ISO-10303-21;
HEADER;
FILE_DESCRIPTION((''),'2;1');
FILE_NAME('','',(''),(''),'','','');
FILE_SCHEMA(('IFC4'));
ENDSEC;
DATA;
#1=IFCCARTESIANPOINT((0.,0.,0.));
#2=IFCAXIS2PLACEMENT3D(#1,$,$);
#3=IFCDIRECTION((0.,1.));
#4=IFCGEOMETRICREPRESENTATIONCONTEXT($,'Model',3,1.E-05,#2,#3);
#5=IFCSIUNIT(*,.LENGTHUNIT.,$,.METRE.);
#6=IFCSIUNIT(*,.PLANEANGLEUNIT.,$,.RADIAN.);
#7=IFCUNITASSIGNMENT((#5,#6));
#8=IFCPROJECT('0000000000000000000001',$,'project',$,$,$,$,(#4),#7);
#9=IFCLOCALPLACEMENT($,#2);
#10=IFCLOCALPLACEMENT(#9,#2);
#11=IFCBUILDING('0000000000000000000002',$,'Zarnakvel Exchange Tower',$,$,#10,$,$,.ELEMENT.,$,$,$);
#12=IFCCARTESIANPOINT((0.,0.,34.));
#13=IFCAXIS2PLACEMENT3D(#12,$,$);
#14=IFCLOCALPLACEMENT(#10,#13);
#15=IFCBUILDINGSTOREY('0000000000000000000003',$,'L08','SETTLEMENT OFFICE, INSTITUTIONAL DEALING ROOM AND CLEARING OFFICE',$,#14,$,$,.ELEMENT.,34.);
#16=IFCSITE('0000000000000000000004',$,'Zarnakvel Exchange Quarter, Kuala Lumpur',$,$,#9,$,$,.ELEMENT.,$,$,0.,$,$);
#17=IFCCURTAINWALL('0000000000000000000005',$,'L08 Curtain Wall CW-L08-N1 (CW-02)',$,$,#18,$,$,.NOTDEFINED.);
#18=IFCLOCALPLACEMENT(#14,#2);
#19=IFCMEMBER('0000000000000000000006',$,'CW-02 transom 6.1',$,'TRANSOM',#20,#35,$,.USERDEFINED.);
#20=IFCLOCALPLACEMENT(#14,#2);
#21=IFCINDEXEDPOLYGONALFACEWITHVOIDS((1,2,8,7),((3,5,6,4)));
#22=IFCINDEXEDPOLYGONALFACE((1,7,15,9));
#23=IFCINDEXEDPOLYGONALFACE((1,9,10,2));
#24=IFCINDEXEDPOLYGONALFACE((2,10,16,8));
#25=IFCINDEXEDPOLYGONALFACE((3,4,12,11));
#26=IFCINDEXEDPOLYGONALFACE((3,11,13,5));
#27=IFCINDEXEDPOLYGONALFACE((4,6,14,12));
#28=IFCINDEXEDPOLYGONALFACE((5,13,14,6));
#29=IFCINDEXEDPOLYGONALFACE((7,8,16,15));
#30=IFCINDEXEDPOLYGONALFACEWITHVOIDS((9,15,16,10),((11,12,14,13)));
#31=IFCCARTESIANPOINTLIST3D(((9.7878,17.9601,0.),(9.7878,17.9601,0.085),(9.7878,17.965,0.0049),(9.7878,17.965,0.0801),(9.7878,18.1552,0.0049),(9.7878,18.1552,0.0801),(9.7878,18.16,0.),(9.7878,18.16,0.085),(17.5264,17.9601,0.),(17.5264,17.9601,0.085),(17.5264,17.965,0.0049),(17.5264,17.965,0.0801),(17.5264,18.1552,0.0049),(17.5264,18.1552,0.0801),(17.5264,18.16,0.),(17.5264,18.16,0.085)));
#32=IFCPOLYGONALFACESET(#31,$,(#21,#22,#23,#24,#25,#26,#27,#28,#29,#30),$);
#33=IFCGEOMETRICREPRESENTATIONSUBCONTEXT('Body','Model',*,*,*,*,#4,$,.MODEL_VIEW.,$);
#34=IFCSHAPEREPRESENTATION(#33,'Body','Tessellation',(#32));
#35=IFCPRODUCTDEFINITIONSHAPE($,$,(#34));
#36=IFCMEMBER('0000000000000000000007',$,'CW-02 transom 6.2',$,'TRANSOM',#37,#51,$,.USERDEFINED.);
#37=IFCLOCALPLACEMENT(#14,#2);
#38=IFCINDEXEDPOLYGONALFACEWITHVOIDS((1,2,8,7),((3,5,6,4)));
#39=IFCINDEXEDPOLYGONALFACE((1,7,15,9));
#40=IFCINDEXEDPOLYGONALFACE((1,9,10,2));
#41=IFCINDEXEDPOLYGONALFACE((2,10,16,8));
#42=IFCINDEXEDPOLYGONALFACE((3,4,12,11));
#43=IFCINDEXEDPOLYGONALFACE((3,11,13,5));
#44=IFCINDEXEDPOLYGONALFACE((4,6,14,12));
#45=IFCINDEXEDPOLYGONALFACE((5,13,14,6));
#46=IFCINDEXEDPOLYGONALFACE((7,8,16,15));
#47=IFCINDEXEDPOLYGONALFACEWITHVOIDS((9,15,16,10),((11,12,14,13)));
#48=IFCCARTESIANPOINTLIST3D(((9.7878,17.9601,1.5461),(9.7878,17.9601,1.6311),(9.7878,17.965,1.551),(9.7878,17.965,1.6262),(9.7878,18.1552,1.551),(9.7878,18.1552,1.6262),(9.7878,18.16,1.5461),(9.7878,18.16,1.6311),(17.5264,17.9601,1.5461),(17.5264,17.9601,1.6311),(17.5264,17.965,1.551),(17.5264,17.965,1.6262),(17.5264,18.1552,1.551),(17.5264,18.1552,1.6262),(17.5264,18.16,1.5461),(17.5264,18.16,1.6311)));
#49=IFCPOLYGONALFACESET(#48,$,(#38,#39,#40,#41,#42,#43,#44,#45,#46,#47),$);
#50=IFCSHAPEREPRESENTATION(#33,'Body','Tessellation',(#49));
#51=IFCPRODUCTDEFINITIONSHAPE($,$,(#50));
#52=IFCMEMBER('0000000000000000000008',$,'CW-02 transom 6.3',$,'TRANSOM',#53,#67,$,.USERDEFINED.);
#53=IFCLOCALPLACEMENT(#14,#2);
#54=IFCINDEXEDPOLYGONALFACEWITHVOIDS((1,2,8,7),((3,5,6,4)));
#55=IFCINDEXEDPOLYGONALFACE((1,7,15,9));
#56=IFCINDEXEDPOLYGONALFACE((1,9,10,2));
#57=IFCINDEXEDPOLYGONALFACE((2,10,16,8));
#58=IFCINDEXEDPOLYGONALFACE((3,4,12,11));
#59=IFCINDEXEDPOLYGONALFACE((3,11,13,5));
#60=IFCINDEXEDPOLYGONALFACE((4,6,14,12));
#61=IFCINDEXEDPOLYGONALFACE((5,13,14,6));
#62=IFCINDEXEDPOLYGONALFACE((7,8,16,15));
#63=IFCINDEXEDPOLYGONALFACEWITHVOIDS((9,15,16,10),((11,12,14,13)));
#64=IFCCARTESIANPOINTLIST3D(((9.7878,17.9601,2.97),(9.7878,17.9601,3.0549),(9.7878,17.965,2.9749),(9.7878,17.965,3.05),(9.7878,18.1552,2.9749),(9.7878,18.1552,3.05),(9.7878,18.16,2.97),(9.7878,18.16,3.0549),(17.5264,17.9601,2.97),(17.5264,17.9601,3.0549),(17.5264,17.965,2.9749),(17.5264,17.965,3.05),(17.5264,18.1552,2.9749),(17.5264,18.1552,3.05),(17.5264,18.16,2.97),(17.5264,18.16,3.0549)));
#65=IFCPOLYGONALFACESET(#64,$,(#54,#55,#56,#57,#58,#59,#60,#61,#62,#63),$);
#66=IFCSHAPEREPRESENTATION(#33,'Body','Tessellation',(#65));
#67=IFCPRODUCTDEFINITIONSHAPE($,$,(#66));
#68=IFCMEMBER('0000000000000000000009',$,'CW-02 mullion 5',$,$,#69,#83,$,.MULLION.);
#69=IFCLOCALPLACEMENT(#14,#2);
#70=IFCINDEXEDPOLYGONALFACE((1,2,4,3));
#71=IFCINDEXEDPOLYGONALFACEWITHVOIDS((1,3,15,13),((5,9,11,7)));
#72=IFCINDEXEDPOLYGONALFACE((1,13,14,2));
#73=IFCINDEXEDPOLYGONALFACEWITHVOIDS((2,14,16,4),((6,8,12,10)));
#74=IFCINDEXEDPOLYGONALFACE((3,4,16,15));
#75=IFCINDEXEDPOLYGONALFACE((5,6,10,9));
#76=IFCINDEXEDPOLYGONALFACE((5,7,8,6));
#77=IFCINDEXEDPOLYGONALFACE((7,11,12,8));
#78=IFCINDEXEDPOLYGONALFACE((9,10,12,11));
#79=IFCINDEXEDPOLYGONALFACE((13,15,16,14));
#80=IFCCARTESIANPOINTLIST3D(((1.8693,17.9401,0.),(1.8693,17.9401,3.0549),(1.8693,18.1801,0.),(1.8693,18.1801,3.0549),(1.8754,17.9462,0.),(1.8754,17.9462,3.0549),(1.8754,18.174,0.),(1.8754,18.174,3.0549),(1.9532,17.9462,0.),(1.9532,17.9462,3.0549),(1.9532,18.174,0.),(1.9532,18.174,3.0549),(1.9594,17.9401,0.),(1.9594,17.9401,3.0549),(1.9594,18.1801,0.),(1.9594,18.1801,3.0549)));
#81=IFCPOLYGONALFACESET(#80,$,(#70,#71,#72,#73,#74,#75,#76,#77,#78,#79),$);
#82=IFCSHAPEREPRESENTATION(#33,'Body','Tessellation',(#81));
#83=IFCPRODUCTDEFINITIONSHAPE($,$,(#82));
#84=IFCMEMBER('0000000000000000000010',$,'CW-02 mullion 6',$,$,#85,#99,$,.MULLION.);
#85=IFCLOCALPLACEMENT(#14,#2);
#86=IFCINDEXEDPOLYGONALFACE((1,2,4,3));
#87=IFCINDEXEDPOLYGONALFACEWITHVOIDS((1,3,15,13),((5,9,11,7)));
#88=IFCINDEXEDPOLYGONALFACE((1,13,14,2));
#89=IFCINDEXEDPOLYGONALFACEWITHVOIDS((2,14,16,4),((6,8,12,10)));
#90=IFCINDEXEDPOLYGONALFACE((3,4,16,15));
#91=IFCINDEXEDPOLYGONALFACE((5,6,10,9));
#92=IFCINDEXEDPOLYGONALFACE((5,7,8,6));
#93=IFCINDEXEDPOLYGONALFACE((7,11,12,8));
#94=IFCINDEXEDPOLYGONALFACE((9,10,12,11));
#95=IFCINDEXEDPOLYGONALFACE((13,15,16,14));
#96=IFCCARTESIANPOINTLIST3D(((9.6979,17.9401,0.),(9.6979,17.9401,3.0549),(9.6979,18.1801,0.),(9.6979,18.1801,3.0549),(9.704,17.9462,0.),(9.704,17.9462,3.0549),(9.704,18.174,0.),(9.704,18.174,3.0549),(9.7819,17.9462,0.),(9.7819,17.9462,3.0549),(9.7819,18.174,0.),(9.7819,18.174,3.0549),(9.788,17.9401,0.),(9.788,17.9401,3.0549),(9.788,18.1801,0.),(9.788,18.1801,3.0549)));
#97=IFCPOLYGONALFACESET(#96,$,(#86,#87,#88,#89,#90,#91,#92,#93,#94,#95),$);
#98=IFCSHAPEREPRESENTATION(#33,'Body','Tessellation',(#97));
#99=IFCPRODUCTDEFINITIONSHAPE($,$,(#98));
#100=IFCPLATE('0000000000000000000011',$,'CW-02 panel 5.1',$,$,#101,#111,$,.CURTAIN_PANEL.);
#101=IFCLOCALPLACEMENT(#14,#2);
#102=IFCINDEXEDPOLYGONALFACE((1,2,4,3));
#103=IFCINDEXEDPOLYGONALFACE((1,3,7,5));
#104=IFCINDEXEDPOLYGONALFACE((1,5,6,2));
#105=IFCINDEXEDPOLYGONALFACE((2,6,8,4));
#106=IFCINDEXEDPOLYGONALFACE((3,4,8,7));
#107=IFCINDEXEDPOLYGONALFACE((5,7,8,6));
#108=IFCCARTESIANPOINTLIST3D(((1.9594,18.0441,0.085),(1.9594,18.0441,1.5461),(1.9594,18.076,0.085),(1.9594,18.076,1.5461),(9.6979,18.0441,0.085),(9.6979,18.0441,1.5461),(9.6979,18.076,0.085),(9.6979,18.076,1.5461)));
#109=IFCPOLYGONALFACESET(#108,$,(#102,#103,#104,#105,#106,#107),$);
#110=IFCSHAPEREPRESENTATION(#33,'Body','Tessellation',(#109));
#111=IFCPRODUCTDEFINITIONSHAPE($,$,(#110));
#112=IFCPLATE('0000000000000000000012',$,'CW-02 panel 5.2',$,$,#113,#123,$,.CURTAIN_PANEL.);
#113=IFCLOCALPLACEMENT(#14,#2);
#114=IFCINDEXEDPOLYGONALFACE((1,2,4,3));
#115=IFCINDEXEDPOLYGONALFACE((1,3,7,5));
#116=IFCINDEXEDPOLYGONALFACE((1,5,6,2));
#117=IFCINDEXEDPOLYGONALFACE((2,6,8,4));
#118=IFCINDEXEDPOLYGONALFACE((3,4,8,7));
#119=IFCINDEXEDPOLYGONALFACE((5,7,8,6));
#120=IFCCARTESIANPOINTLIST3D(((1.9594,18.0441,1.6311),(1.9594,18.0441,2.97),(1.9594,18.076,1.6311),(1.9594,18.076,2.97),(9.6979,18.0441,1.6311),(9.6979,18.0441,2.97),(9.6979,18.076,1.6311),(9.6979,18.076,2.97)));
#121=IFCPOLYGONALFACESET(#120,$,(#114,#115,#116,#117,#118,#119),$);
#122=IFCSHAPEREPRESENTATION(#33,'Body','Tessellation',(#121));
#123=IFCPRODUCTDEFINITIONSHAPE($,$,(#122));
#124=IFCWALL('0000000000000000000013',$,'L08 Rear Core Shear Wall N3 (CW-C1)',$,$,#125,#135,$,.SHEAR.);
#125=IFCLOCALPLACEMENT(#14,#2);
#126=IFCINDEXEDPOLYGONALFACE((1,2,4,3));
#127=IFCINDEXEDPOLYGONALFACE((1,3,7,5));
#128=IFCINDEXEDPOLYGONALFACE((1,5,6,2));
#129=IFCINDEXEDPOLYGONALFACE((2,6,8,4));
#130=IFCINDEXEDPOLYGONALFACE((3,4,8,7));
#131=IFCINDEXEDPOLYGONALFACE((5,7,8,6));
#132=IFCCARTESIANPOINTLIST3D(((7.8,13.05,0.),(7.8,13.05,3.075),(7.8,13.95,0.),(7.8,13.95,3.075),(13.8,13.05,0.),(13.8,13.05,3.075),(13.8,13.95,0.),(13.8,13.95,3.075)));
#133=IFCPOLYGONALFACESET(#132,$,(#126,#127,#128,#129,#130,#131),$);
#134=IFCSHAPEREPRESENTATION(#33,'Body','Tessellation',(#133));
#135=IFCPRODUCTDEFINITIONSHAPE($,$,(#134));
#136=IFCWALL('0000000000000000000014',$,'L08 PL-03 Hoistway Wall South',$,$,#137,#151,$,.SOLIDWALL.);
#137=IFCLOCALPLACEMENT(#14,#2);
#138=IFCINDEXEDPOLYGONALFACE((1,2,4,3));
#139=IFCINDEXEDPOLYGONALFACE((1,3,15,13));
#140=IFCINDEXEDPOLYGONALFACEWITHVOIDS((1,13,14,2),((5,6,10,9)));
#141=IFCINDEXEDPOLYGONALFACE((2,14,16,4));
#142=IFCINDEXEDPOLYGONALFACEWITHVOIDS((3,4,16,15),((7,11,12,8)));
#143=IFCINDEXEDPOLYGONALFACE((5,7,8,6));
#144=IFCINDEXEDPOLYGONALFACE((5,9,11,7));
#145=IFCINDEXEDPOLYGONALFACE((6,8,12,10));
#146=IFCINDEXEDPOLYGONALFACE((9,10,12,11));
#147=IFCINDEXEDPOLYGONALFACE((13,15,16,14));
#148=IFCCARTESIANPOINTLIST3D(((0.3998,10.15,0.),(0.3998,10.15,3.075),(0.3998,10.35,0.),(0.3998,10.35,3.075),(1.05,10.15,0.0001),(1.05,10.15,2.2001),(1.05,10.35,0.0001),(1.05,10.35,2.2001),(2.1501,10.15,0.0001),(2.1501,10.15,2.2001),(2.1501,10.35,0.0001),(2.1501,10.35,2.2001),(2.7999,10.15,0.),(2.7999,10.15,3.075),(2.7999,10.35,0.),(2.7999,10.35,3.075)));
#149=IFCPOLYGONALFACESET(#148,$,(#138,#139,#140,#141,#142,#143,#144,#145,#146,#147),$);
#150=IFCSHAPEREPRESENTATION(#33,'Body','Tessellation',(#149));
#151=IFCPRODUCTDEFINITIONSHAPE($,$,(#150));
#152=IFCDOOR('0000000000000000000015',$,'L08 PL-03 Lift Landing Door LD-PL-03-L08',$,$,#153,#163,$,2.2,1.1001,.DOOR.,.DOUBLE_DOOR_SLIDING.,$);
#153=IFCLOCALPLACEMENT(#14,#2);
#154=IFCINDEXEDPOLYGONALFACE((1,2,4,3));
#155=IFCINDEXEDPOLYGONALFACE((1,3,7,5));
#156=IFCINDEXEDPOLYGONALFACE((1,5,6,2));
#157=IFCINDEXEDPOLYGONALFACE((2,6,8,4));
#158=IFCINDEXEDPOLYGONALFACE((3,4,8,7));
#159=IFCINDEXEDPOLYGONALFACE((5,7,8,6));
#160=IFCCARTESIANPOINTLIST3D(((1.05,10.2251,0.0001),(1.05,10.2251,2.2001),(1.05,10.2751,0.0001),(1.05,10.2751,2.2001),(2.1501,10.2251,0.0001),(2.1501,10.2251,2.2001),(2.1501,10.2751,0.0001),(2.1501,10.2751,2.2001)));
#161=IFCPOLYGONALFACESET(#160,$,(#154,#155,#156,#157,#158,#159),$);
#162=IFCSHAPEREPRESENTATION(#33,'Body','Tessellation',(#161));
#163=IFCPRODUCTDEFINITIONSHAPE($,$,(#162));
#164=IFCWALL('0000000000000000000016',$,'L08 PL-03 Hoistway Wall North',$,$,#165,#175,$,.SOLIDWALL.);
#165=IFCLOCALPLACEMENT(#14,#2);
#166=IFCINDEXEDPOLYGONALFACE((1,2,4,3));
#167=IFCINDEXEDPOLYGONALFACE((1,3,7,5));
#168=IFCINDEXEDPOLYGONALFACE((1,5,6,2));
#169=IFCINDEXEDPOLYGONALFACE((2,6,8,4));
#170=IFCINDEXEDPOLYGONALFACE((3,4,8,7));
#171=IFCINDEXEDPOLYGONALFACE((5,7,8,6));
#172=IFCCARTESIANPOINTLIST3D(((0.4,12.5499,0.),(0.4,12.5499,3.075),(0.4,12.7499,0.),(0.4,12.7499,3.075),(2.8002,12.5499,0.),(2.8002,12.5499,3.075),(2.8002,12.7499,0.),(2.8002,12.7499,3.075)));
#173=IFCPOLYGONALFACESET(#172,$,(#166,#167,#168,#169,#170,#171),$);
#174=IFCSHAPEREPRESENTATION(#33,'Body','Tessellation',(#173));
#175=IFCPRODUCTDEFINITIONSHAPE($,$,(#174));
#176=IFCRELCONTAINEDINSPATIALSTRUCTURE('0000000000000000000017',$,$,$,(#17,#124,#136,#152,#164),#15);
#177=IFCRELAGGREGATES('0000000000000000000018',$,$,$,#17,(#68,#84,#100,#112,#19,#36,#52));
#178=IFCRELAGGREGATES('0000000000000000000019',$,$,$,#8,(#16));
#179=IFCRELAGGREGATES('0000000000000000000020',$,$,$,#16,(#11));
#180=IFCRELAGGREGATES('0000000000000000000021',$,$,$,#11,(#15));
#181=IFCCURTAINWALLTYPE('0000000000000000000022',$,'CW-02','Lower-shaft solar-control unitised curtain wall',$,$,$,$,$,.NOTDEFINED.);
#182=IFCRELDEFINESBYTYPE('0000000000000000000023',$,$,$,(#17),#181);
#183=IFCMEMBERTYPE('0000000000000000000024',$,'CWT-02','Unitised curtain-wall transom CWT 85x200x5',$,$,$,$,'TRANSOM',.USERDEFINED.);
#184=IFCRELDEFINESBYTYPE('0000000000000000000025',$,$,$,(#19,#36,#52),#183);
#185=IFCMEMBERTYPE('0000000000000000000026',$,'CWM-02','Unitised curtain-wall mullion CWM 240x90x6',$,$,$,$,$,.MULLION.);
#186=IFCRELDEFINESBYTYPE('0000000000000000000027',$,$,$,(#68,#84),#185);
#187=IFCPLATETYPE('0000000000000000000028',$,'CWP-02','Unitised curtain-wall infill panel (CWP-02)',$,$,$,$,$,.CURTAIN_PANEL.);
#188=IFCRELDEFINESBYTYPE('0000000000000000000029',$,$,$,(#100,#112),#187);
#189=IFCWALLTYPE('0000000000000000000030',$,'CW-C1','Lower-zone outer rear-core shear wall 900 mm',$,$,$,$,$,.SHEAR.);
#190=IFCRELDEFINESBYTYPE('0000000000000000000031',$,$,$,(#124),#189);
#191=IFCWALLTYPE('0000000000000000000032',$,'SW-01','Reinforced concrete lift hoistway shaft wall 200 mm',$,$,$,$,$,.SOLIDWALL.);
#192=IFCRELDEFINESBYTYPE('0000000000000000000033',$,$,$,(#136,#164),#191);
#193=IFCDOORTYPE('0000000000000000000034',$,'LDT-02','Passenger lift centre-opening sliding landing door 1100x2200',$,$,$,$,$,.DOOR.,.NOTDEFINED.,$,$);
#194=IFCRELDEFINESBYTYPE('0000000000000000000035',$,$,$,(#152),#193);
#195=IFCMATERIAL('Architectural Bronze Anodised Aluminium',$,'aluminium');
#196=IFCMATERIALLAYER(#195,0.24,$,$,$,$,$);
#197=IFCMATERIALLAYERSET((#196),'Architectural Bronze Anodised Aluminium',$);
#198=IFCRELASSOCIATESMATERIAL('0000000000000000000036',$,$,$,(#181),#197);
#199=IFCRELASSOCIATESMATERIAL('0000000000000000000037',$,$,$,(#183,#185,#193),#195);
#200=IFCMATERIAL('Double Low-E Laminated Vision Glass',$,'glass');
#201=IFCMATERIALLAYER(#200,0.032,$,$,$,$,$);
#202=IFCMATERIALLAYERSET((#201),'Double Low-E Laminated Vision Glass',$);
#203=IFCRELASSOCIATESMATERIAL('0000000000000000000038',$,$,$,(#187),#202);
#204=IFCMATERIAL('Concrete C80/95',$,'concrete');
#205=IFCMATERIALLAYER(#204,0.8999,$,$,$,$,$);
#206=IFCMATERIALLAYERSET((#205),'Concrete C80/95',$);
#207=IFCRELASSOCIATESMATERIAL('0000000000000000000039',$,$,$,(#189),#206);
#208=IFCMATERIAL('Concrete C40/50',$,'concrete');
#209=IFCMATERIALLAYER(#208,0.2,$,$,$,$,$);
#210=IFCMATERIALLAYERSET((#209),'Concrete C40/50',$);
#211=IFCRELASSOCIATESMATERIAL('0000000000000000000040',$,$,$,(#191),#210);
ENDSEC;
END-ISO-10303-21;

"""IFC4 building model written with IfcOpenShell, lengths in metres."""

from ifc_helpers import new_model, si_unit, direction, frame, frame_2d, origin, origin_2d, place, context, subcontext, project, spatial, rectangle, hollow_rectangle, extrude, source, transform, mapped, material, layer, layer_set, material_profile, profile_set, type_object, element, fill, aggregate, save


model = new_model("IFC4")

# Units and contexts
model_context = context("Model", 3, precision=1e-05, world=origin(), true_north=direction((0.0, 1.0)))
body_context = subcontext(model_context, "Body", "Model", "MODEL_VIEW")
ifc_project = project(units=[si_unit("LENGTHUNIT", "METRE"), si_unit("PLANEANGLEUNIT", "RADIAN")], contexts=[model_context])

# Site, building, storey
site_placement = place(None, origin())
site = spatial("IfcSite", under=ifc_project, at=site_placement, Name="Zarnakvel Exchange Quarter, Kuala Lumpur", CompositionType="ELEMENT", RefElevation=0.0)
building_placement = place(site_placement, origin())
building = spatial("IfcBuilding", under=site, at=building_placement, Name="Zarnakvel Exchange Tower", CompositionType="ELEMENT")
storey_placement = place(building_placement, frame((0.0, 0.0, 34.0)))
storey = spatial("IfcBuildingStorey", under=building, at=storey_placement, Name="L08", Description="SETTLEMENT OFFICE, INSTITUTIONAL DEALING ROOM AND CLEARING OFFICE", CompositionType="ELEMENT", Elevation=34.0)

# Shared definitions
ifc_material_1 = material(Name="Concrete C80/95", Category="concrete")

# Curtain wall, members, plates
ifc_material_2 = material(Name="Architectural Bronze Anodised Aluminium", Category="aluminium")
ifc_layer_1 = layer(ifc_material_2, 0.24)
ifc_layer_set_1 = layer_set([ifc_layer_1], Name="Architectural Bronze Anodised Aluminium")
curtain_wall_type = type_object("IfcCurtainWallType", Name="CW-02", Description="Lower-shaft solar-control unitised curtain wall", PredefinedType="NOTDEFINED", material=ifc_layer_set_1)
curtain_wall_placement = place(storey_placement, origin())
curtain_wall = element("IfcCurtainWall", 1, at=curtain_wall_placement, inside=storey, type_object=curtain_wall_type, Name="L08 Curtain Wall CW-L08-N1 (CW-02)", PredefinedType="NOTDEFINED")
ifc_material_profile_1 = material_profile(ifc_material_2, hollow_rectangle(XDim=0.2, YDim=0.085, WallThickness=0.0049, at=origin_2d()))
ifc_profile_set_1 = profile_set([ifc_material_profile_1], Name="Architectural Bronze Anodised Aluminium")
member_type_1 = type_object("IfcMemberType", Name="CWT-02", Description="Unitised curtain-wall transom CWT 85x200x5", ElementType="TRANSOM", PredefinedType="USERDEFINED", material=ifc_profile_set_1)
shared_shape_1 = source(origin(), body_context, "Body", "SweptSolid", [
    extrude(hollow_rectangle(XDim=0.2, YDim=0.085, WallThickness=0.0049, at=origin_2d()), origin(), (0.0, 0.0, 1.0), 7.7385),
])
member_1_placement = place(storey_placement, frame((9.7878, 18.0601, 0.0425), z_axis=(1.0, 0.0, 0.0), x_axis=(0.0, 1.0, 0.0)))
member_1 = element("IfcMember", 2, at=member_1_placement, type_object=member_type_1, Name="CW-02 transom 6.1", ObjectType="TRANSOM", PredefinedType="USERDEFINED", context=body_context, shape_type="MappedRepresentation", body=[
    mapped(shared_shape_1, transform((0.0, 0.0, 0.0), x_axis=(1.0, 0.0, 0.0), y_axis=(0.0, 1.0, 0.0), z_axis=(0.0, 0.0, 1.0), scale=1.0)),
])
member_2_placement = place(storey_placement, frame((9.7878, 18.0601, 1.5886), z_axis=(1.0, 0.0, 0.0), x_axis=(0.0, 1.0, 0.0)))
member_2 = element("IfcMember", 3, at=member_2_placement, type_object=member_type_1, Name="CW-02 transom 6.2", ObjectType="TRANSOM", PredefinedType="USERDEFINED", context=body_context, shape_type="MappedRepresentation", body=[
    mapped(shared_shape_1, transform((0.0, 0.0, 0.0), x_axis=(1.0, 0.0, 0.0), y_axis=(0.0, 1.0, 0.0), z_axis=(0.0, 0.0, 1.0), scale=1.0)),
])
member_3_placement = place(storey_placement, frame((9.7878, 18.0601, 3.0125), z_axis=(1.0, 0.0, 0.0), x_axis=(0.0, 1.0, 0.0)))
member_3 = element("IfcMember", 4, at=member_3_placement, type_object=member_type_1, Name="CW-02 transom 6.3", ObjectType="TRANSOM", PredefinedType="USERDEFINED", context=body_context, shape_type="MappedRepresentation", body=[
    mapped(shared_shape_1, transform((0.0, 0.0, 0.0), x_axis=(1.0, 0.0, 0.0), y_axis=(0.0, 1.0, 0.0), z_axis=(0.0, 0.0, 1.0), scale=1.0)),
])
ifc_material_profile_2 = material_profile(ifc_material_2, hollow_rectangle(XDim=0.24, YDim=0.0901, WallThickness=0.0061, at=origin_2d()))
ifc_profile_set_2 = profile_set([ifc_material_profile_2], Name="Architectural Bronze Anodised Aluminium")
member_type_2 = type_object("IfcMemberType", Name="CWM-02", Description="Unitised curtain-wall mullion CWM 240x90x6", PredefinedType="MULLION", material=ifc_profile_set_2)
shared_shape_2 = source(origin(), body_context, "Body", "SweptSolid", [
    extrude(hollow_rectangle(XDim=0.24, YDim=0.0901, WallThickness=0.0061, at=origin_2d()), origin(), (0.0, 0.0, 1.0), 3.0549),
])
member_4_placement = place(storey_placement, frame((1.9143, 18.0601, 0.0), z_axis=(0.0, 0.0, 1.0), x_axis=(0.0, 1.0, 0.0)))
member_4 = element("IfcMember", 5, at=member_4_placement, type_object=member_type_2, Name="CW-02 mullion 5", PredefinedType="MULLION", context=body_context, shape_type="MappedRepresentation", body=[
    mapped(shared_shape_2, transform((0.0, 0.0, 0.0), x_axis=(1.0, 0.0, 0.0), y_axis=(0.0, 1.0, 0.0), z_axis=(0.0, 0.0, 1.0), scale=1.0)),
])
member_5_placement = place(storey_placement, frame((9.7429, 18.0601, 0.0), z_axis=(0.0, 0.0, 1.0), x_axis=(0.0, 1.0, 0.0)))
member_5 = element("IfcMember", 6, at=member_5_placement, type_object=member_type_2, Name="CW-02 mullion 6", PredefinedType="MULLION", context=body_context, shape_type="MappedRepresentation", body=[
    mapped(shared_shape_2, transform((0.0, 0.0, 0.0), x_axis=(1.0, 0.0, 0.0), y_axis=(0.0, 1.0, 0.0), z_axis=(0.0, 0.0, 1.0), scale=1.0)),
])
ifc_material_3 = material(Name="Double Low-E Laminated Vision Glass", Category="glass")
ifc_layer_2 = layer(ifc_material_3, 0.032)
ifc_layer_set_2 = layer_set([ifc_layer_2], Name="Double Low-E Laminated Vision Glass")
plate_type = type_object("IfcPlateType", Name="CWP-02", Description="Unitised curtain-wall infill panel (CWP-02)", PredefinedType="CURTAIN_PANEL", material=ifc_layer_set_2)
shared_shape_3 = source(origin(), body_context, "Body", "SweptSolid", [
    extrude(rectangle(XDim=7.7385, YDim=0.032, at=origin_2d()), origin(), (0.0, 0.0, 1.0), 1.4612),
])
plate_1_placement = place(storey_placement, frame((5.8286, 18.0601, 0.085), z_axis=(0.0, 0.0, 1.0), x_axis=(1.0, 0.0, 0.0)))
plate_1 = element("IfcPlate", 7, at=plate_1_placement, type_object=plate_type, Name="CW-02 panel 5.1", PredefinedType="CURTAIN_PANEL", context=body_context, shape_type="MappedRepresentation", body=[
    mapped(shared_shape_3, transform((0.0, 0.0, 0.0), x_axis=(1.0, 0.0, 0.0), y_axis=(0.0, 1.0, 0.0), z_axis=(0.0, 0.0, 1.0), scale=1.0)),
])
shared_shape_4 = source(origin(), body_context, "Body", "SweptSolid", [
    extrude(rectangle(XDim=7.7385, YDim=0.032, at=origin_2d()), origin(), (0.0, 0.0, 1.0), 1.3389),
])
plate_2_placement = place(storey_placement, frame((5.8286, 18.0601, 1.6311), z_axis=(0.0, 0.0, 1.0), x_axis=(1.0, 0.0, 0.0)))
plate_2 = element("IfcPlate", 8, at=plate_2_placement, type_object=plate_type, Name="CW-02 panel 5.2", PredefinedType="CURTAIN_PANEL", context=body_context, shape_type="MappedRepresentation", body=[
    mapped(shared_shape_4, transform((0.0, 0.0, 0.0), x_axis=(1.0, 0.0, 0.0), y_axis=(0.0, 1.0, 0.0), z_axis=(0.0, 0.0, 1.0), scale=1.0)),
])
aggregate(curtain_wall, [member_4, member_5, plate_1, plate_2, member_1, member_2, member_3])

# Wall
ifc_layer_3 = layer(ifc_material_1, 0.8999)
ifc_layer_set_3 = layer_set([ifc_layer_3], Name="Concrete C80/95")
wall_type_1 = type_object("IfcWallType", Name="CW-C1", Description="Lower-zone outer rear-core shear wall 900 mm", PredefinedType="SHEAR", material=ifc_layer_set_3)
wall_1_placement = place(storey_placement, frame((7.8, 13.5, 0.0), z_axis=(0.0, 0.0, 1.0), x_axis=(1.0, 0.0, 0.0)))
element("IfcWall", 9, at=wall_1_placement, inside=storey, type_object=wall_type_1, Name="L08 Rear Core Shear Wall N3 (CW-C1)", PredefinedType="SHEAR", context=body_context, shape_type="SweptSolid", body=[
    extrude(rectangle(XDim=6.0, YDim=0.8999, at=frame_2d((3.0, 0.0))), origin(), (0.0, 0.0, 1.0), 3.075),
])

# Wall, opening, door
ifc_material_4 = material(Name="Concrete C40/50", Category="concrete")
ifc_layer_4 = layer(ifc_material_4, 0.2)
ifc_layer_set_4 = layer_set([ifc_layer_4], Name="Concrete C40/50")
wall_type_2 = type_object("IfcWallType", Name="SW-01", Description="Reinforced concrete lift hoistway shaft wall 200 mm", PredefinedType="SOLIDWALL", material=ifc_layer_set_4)
wall_2_placement = place(storey_placement, frame((2.8, 10.25, 0.0), z_axis=(0.0, 0.0, 1.0), x_axis=(-1.0, 0.0, 0.0)))
wall_2 = element("IfcWall", 10, at=wall_2_placement, inside=storey, type_object=wall_type_2, Name="L08 PL-03 Hoistway Wall South", PredefinedType="SOLIDWALL", context=body_context, shape_type="SweptSolid", body=[
    extrude(rectangle(XDim=2.4001, YDim=0.2, at=frame_2d((1.2002, 0.0))), origin(), (0.0, 0.0, 1.0), 3.075),
])
opening_1_placement = place(wall_2_placement, frame((0.6499, 0.0, 0.0)))
opening_1 = element("IfcOpeningElement", 11, at=opening_1_placement, cuts=wall_2, PredefinedType="OPENING", context=body_context, shape_type="SweptSolid", body=[
    extrude(rectangle(XDim=1.1001, YDim=2.2, at=frame_2d((0.55, 1.1001))), frame((0.0, 0.1099, 0.0), z_axis=(0.0, -1.0, 0.0), x_axis=(1.0, 0.0, 0.0)), (0.0, 0.0, 1.0), 0.22),
])
door_type = type_object("IfcDoorType", Name="LDT-02", Description="Passenger lift centre-opening sliding landing door 1100x2200", OperationType="NOTDEFINED", PredefinedType="DOOR", material=ifc_material_2)
shared_shape_5 = source(origin(), body_context, "Body", "SweptSolid", [
    extrude(rectangle(XDim=1.1001, YDim=2.2, at=frame_2d((0.55, 1.1001))), frame((0.0, 0.0249, 0.0), z_axis=(0.0, -1.0, 0.0), x_axis=(1.0, 0.0, 0.0)), (0.0, 0.0, 1.0), 0.05),
])
door_1_placement = place(opening_1_placement, origin())
door_1 = element("IfcDoor", 12, at=door_1_placement, inside=storey, type_object=door_type, Name="L08 PL-03 Lift Landing Door LD-PL-03-L08", OperationType="DOUBLE_DOOR_SLIDING", OverallHeight=2.2, OverallWidth=1.1001, PredefinedType="DOOR", context=body_context, shape_type="MappedRepresentation", body=[
    mapped(shared_shape_5, transform((0.0, 0.0, 0.0), x_axis=(1.0, 0.0, 0.0), y_axis=(0.0, 1.0, 0.0), z_axis=(0.0, 0.0, 1.0), scale=1.0)),
])
fill(opening_1, door_1)

# Wall
wall_3_placement = place(storey_placement, frame((0.3999, 12.6499, 0.0), z_axis=(0.0, 0.0, 1.0), x_axis=(1.0, 0.0, 0.0)))
element("IfcWall", 13, at=wall_3_placement, inside=storey, type_object=wall_type_2, Name="L08 PL-03 Hoistway Wall North", PredefinedType="SOLIDWALL", context=body_context, shape_type="SweptSolid", body=[
    extrude(rectangle(XDim=2.4001, YDim=0.2, at=frame_2d((1.2002, 0.0))), origin(), (0.0, 0.0, 1.0), 3.075),
])

save(model, "model.ifc")
